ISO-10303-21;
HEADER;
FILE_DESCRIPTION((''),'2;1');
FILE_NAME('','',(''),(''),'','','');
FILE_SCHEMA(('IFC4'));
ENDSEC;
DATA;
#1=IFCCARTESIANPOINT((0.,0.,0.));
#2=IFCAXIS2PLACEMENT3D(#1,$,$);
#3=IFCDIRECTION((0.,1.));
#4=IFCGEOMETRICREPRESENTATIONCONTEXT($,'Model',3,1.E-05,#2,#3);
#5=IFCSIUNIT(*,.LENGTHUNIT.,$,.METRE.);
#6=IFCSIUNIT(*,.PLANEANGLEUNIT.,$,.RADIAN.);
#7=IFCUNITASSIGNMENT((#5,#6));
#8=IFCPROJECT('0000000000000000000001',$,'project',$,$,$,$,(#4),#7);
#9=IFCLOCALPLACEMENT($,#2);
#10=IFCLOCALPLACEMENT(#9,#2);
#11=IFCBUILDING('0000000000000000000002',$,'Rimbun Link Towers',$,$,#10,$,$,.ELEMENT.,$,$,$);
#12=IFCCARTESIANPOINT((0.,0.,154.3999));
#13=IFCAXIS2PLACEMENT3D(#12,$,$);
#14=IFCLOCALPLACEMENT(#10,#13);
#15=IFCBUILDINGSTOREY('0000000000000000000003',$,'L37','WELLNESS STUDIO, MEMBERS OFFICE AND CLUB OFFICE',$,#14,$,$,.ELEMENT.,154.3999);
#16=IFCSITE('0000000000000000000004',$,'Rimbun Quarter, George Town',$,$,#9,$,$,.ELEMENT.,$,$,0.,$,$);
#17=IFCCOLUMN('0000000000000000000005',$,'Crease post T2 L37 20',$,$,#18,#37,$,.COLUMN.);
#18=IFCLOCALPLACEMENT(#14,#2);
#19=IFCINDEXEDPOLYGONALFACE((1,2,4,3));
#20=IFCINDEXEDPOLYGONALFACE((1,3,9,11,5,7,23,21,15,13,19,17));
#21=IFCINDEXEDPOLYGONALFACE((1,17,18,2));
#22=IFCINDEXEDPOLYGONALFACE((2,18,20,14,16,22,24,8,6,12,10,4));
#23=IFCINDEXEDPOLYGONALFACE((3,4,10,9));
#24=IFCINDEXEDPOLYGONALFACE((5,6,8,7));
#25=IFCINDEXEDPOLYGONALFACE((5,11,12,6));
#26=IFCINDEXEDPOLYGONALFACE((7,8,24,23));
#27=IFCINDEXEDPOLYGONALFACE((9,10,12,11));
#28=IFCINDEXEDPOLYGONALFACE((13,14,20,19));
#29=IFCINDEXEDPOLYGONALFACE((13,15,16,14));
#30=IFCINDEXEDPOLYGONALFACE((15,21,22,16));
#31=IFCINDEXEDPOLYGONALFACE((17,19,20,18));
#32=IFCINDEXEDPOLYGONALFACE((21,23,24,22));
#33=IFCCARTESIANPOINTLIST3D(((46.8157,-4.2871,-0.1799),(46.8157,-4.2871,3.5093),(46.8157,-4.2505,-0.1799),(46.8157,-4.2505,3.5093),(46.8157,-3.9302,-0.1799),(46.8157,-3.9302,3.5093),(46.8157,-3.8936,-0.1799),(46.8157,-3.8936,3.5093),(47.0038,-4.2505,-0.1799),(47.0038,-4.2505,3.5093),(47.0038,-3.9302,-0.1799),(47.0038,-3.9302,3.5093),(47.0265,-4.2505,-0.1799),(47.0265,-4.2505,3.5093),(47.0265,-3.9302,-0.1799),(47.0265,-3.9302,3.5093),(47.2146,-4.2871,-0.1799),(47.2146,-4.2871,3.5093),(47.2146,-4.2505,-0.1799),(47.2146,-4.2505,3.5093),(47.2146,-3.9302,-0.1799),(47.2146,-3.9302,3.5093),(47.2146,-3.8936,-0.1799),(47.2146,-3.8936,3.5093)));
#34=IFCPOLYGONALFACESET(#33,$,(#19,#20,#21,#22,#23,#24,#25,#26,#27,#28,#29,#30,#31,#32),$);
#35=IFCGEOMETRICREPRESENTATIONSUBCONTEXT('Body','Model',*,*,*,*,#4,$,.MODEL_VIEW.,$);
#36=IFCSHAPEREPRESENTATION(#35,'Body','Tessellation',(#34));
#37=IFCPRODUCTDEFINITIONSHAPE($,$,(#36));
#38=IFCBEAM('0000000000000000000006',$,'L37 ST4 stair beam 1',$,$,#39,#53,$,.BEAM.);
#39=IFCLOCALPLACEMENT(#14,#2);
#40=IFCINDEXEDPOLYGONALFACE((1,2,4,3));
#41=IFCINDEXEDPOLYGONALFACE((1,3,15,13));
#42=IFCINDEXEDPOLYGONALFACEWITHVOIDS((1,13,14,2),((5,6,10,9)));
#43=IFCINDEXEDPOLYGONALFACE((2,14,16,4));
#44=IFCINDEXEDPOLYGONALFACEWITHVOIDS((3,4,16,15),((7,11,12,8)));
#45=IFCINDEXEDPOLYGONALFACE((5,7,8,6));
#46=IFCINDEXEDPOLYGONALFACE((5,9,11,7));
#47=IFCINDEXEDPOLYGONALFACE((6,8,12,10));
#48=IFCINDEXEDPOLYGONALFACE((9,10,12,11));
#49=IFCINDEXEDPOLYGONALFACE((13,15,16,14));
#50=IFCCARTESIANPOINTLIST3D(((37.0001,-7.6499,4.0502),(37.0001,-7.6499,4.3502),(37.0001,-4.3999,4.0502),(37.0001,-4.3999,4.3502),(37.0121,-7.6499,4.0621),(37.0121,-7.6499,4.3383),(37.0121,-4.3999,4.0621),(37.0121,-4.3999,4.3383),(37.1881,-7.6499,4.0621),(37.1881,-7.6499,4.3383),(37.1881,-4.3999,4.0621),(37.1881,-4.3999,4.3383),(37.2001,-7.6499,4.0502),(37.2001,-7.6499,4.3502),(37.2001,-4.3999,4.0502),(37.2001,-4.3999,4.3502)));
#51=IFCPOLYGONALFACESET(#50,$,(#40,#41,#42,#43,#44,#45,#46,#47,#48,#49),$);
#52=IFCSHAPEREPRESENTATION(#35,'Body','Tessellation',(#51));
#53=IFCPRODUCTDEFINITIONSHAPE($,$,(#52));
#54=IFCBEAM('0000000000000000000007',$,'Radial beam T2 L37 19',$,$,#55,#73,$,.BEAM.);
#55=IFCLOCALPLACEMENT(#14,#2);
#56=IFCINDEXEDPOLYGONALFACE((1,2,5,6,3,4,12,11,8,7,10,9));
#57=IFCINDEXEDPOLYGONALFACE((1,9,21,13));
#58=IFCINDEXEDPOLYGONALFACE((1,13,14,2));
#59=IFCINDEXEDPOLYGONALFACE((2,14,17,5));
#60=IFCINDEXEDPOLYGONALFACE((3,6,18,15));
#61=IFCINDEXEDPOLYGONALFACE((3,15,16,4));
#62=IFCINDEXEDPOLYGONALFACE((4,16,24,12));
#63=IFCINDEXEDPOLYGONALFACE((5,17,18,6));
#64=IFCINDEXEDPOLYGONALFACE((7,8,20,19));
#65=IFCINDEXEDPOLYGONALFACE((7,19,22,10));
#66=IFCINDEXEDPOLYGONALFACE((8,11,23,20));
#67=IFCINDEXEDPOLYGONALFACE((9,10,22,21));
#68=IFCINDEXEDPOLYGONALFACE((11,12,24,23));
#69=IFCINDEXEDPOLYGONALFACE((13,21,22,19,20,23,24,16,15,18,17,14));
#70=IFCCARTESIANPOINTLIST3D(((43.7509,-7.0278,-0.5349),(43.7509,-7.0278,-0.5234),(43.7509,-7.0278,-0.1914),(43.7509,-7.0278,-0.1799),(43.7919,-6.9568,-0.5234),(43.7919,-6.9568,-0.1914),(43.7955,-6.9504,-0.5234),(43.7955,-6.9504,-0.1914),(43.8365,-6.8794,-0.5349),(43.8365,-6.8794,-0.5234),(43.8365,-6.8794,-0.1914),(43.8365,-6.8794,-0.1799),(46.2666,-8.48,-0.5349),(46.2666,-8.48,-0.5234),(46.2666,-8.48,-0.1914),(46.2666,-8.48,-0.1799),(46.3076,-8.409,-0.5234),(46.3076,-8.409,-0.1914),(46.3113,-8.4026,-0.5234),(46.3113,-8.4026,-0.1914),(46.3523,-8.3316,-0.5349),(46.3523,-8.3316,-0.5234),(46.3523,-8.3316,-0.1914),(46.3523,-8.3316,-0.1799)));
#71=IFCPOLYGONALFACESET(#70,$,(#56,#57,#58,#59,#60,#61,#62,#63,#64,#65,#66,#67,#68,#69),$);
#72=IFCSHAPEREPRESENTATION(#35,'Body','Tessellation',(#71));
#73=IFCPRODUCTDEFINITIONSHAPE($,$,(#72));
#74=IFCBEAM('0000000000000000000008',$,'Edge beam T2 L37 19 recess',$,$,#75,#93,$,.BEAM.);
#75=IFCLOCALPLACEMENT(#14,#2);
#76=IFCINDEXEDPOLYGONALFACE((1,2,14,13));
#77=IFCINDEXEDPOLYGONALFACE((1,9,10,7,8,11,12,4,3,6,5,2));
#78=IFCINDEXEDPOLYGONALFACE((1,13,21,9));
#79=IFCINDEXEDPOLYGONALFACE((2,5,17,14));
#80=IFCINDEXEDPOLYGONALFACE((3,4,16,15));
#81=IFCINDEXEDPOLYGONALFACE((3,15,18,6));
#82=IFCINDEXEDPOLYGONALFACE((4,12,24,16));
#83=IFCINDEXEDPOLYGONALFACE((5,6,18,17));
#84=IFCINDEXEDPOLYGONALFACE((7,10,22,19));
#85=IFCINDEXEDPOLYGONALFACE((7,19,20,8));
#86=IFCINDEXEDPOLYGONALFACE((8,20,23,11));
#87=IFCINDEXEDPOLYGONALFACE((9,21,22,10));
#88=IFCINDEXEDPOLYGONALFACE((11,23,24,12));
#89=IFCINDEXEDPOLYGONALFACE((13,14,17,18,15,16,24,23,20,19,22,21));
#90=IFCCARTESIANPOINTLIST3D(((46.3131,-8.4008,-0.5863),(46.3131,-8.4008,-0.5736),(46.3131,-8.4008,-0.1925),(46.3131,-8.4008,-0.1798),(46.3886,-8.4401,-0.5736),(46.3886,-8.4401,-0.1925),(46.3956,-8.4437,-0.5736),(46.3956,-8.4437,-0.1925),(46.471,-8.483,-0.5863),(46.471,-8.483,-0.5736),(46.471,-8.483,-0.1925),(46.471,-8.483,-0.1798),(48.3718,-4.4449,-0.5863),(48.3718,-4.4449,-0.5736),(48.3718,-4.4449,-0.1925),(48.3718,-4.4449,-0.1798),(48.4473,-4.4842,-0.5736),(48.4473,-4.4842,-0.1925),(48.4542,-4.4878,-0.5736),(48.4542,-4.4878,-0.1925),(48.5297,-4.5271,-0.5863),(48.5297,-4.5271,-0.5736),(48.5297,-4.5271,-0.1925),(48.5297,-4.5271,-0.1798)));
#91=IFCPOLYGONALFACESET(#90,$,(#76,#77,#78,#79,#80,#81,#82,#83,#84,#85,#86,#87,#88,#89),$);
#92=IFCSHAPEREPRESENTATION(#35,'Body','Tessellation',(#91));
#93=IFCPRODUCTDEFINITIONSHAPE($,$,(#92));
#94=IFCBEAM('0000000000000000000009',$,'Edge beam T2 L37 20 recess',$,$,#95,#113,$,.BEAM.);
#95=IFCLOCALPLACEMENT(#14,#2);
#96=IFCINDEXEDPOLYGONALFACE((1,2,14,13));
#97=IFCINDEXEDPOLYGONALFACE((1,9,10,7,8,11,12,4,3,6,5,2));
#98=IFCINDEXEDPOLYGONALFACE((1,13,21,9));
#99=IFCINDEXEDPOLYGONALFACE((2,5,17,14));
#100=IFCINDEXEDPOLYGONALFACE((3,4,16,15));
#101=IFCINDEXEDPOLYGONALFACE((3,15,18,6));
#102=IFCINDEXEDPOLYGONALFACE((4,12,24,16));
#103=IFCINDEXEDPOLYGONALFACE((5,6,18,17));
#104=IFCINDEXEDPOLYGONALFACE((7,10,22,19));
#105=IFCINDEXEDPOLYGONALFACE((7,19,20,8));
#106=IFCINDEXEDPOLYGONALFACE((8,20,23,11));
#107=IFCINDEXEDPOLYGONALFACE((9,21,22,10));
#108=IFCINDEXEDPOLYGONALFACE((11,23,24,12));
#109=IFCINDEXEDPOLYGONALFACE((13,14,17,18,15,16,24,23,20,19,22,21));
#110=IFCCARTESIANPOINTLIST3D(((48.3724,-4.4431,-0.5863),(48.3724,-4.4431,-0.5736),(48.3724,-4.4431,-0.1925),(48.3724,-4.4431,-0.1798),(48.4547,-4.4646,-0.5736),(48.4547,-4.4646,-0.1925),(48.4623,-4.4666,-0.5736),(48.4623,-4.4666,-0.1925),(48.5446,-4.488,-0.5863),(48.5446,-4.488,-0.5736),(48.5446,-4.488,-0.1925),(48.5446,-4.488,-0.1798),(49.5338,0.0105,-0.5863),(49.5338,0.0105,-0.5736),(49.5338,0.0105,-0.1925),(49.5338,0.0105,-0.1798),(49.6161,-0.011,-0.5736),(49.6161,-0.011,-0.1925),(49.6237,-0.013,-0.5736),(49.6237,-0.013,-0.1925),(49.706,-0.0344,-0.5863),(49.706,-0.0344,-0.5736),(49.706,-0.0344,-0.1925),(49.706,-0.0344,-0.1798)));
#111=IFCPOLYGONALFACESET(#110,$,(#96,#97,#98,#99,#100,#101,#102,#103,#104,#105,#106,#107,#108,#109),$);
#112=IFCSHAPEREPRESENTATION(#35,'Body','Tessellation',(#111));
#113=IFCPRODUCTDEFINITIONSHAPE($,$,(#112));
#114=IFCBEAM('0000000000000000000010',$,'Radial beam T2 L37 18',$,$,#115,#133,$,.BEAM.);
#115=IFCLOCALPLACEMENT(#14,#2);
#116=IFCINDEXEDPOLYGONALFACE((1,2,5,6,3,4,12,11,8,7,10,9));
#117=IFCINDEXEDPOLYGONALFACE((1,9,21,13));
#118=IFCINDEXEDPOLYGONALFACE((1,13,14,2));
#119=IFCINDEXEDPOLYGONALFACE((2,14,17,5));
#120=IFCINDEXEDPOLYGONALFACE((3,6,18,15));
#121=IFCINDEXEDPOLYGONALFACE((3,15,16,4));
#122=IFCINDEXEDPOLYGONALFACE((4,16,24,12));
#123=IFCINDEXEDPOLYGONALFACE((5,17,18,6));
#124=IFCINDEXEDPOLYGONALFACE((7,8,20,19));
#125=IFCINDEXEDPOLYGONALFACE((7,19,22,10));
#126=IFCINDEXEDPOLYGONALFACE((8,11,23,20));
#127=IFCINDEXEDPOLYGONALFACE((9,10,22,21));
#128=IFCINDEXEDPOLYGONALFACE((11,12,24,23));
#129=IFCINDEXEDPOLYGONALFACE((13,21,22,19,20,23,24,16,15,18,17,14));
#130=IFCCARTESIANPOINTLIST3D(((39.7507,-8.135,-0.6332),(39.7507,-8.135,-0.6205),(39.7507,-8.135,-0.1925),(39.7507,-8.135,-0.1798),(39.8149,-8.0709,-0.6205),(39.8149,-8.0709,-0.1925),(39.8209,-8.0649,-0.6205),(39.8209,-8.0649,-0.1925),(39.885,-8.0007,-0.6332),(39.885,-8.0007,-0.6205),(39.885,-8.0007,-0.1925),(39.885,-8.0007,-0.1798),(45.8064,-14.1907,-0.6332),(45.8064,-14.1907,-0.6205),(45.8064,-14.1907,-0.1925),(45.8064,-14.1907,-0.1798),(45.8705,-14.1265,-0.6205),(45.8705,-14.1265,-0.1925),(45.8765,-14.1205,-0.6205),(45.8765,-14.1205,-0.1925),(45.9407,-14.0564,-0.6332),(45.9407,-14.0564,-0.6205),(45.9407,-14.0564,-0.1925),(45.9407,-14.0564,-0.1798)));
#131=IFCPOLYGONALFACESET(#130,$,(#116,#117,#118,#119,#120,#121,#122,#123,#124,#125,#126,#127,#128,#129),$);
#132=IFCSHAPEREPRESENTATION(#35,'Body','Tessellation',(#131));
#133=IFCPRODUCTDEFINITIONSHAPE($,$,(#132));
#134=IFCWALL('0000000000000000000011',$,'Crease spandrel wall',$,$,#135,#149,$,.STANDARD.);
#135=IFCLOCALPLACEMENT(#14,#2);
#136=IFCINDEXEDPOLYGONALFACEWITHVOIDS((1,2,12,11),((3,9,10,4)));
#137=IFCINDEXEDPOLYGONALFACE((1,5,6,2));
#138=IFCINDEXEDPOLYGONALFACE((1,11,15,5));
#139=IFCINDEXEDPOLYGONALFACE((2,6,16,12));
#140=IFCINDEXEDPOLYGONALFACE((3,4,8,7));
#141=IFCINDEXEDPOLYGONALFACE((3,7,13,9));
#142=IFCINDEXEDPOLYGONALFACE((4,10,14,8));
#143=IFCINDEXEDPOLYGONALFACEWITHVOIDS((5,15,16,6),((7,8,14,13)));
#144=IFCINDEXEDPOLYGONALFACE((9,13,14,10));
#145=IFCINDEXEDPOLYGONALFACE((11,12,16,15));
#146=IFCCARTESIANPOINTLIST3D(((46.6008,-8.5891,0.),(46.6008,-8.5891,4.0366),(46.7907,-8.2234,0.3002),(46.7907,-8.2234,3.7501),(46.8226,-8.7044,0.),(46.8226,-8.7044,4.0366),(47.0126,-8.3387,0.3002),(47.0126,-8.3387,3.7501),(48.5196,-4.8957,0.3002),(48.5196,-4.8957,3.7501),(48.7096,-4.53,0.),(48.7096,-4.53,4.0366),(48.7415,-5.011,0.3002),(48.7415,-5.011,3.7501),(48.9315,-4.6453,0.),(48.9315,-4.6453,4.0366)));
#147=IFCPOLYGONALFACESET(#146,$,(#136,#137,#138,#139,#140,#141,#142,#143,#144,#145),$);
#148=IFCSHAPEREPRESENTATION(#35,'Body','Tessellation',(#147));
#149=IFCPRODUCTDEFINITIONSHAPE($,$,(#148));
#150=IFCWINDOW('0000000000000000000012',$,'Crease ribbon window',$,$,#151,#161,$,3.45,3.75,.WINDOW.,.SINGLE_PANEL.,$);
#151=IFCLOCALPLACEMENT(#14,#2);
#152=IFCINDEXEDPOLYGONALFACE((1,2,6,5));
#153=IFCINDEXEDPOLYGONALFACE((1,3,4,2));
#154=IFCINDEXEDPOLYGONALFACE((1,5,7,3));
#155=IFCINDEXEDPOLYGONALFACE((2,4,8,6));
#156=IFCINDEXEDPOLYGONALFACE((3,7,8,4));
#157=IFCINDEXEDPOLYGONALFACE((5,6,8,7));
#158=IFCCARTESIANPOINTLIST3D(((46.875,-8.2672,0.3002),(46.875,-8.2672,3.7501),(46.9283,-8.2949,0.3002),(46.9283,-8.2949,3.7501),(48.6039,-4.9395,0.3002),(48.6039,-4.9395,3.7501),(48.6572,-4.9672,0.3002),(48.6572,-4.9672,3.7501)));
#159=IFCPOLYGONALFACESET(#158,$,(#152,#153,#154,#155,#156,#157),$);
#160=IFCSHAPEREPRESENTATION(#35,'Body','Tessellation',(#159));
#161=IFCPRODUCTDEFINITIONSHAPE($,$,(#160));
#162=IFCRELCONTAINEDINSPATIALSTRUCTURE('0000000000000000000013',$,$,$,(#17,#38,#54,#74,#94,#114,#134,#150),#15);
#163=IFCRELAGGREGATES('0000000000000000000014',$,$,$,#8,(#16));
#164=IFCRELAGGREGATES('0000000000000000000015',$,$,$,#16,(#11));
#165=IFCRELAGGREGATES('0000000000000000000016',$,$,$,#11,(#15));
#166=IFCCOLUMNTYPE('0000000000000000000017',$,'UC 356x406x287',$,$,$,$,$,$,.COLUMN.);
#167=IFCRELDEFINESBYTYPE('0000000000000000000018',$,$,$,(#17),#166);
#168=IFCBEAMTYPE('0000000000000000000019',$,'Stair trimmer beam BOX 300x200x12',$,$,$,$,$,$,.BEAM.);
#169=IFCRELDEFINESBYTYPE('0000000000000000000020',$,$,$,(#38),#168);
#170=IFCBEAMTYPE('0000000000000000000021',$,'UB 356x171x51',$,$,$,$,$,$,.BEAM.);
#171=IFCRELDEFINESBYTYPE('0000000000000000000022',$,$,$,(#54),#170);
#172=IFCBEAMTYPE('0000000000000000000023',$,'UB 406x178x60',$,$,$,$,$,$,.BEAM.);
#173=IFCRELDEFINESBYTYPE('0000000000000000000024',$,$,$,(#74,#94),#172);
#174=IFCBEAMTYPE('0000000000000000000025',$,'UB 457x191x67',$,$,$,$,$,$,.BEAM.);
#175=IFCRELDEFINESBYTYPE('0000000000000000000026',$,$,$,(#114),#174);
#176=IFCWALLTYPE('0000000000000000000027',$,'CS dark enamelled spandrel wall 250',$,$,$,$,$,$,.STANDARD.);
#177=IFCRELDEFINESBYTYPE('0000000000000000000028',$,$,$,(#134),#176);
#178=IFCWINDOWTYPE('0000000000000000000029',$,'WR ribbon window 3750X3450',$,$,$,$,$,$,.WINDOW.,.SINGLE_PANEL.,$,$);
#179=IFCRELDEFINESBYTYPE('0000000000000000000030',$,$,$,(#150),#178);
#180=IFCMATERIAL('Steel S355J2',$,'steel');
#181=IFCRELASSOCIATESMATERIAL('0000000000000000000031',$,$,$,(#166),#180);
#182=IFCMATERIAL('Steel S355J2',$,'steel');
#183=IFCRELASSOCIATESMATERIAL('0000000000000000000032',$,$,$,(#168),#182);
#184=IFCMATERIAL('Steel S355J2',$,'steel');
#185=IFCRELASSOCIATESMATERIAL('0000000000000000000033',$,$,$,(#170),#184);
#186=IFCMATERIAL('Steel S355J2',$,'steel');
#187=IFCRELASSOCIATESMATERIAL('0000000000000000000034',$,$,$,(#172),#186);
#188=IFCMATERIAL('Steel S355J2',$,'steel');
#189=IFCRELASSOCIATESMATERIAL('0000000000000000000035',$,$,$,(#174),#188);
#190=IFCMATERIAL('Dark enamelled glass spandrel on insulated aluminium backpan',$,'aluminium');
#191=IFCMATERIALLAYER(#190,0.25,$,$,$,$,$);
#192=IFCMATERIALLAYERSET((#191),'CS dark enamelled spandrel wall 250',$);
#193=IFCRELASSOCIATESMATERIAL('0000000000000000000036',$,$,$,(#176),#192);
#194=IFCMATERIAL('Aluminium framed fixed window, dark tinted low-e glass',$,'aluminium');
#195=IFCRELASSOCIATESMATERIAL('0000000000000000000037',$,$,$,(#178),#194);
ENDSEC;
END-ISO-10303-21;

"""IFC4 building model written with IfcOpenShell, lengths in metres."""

from ifc_helpers import new_model, si_unit, direction, frame, frame_2d, origin, origin_2d, place, context, subcontext, project, spatial, rectangle, hollow_rectangle, i_section, extrude, material, layer, layer_set, material_profile, profile_set, type_object, element, fill, save


model = new_model("IFC4")

# Units and contexts
model_context = context("Model", 3, precision=1e-05, world=origin(), true_north=direction((0.0, 1.0)))
body_context = subcontext(model_context, "Body", "Model", "MODEL_VIEW")
ifc_project = project(units=[si_unit("LENGTHUNIT", "METRE"), si_unit("PLANEANGLEUNIT", "RADIAN")], contexts=[model_context])

# Site, building, storey
site_placement = place(None, origin())
site = spatial("IfcSite", under=ifc_project, at=site_placement, Name="Rimbun Quarter, George Town", CompositionType="ELEMENT", RefElevation=0.0)
building_placement = place(site_placement, origin())
building = spatial("IfcBuilding", under=site, at=building_placement, Name="Rimbun Link Towers", CompositionType="ELEMENT")
storey_placement = place(building_placement, frame((0.0, 0.0, 154.3999)))
storey = spatial("IfcBuildingStorey", under=building, at=storey_placement, Name="L37", Description="WELLNESS STUDIO, MEMBERS OFFICE AND CLUB OFFICE", CompositionType="ELEMENT", Elevation=154.3999)

# Column
ifc_material_1 = material(Name="Steel S355J2", Category="steel")
ifc_material_profile_1 = material_profile(ifc_material_1, i_section(OverallWidth=0.3989, OverallDepth=0.3936, WebThickness=0.0227, FlangeThickness=0.0366, at=origin_2d()), Name="UC 356x406x287")
ifc_profile_set_1 = profile_set([ifc_material_profile_1], Name="Steel S355J2")
column_type = type_object("IfcColumnType", Name="UC 356x406x287", PredefinedType="COLUMN", material=ifc_profile_set_1)
column_placement = place(storey_placement, frame((47.0151, -4.0903, -0.1799), z_axis=(0.0, 0.0, 1.0), x_axis=(1.0, 0.0, 0.0)))
element("IfcColumn", 1, at=column_placement, inside=storey, type_object=column_type, Name="Crease post T2 L37 20", PredefinedType="COLUMN", context=body_context, shape_type="SweptSolid", body=[
    extrude(i_section(OverallWidth=0.3989, OverallDepth=0.3936, WebThickness=0.0227, FlangeThickness=0.0366, at=origin_2d()), origin(), (0.0, 0.0, 1.0), 3.6892),
])

# Beams
ifc_material_2 = material(Name="Steel S355J2", Category="steel")
ifc_material_profile_2 = material_profile(ifc_material_2, hollow_rectangle(XDim=0.2, YDim=0.3, WallThickness=0.012, at=origin_2d()), Name="BOX 300x200x12")
ifc_profile_set_2 = profile_set([ifc_material_profile_2], Name="Steel S355J2")
beam_type_1 = type_object("IfcBeamType", Name="Stair trimmer beam BOX 300x200x12", PredefinedType="BEAM", material=ifc_profile_set_2)
beam_1_placement = place(storey_placement, frame((37.1001, -7.6499, 4.2002), z_axis=(0.0, 1.0, 0.0), x_axis=(-1.0, 0.0, 0.0)))
element("IfcBeam", 2, at=beam_1_placement, inside=storey, type_object=beam_type_1, Name="L37 ST4 stair beam 1", PredefinedType="BEAM", context=body_context, shape_type="SweptSolid", body=[
    extrude(hollow_rectangle(XDim=0.2, YDim=0.3, WallThickness=0.012, at=origin_2d()), origin(), (0.0, 0.0, 1.0), 3.25),
])
ifc_material_3 = material(Name="Steel S355J2", Category="steel")
ifc_material_profile_3 = material_profile(ifc_material_3, i_section(OverallWidth=0.1714, OverallDepth=0.355, WebThickness=0.0073, FlangeThickness=0.0115, at=origin_2d()), Name="UB 356x171x51")
ifc_profile_set_3 = profile_set([ifc_material_profile_3], Name="Steel S355J2")
beam_type_2 = type_object("IfcBeamType", Name="UB 356x171x51", PredefinedType="BEAM", material=ifc_profile_set_3)
beam_2_placement = place(storey_placement, frame((43.7937, -6.9536, -0.3574), z_axis=(0.866062, -0.499936, 0.0), x_axis=(0.499936, 0.866062, 0.0)))
element("IfcBeam", 3, at=beam_2_placement, inside=storey, type_object=beam_type_2, Name="Radial beam T2 L37 19", PredefinedType="BEAM", context=body_context, shape_type="SweptSolid", body=[
    extrude(i_section(OverallWidth=0.1714, OverallDepth=0.355, WebThickness=0.0073, FlangeThickness=0.0115, at=origin_2d()), origin(), (0.0, 0.0, 1.0), 2.9048),
])
ifc_material_4 = material(Name="Steel S355J2", Category="steel")
ifc_material_profile_4 = material_profile(ifc_material_4, i_section(OverallWidth=0.178, OverallDepth=0.4065, WebThickness=0.0078, FlangeThickness=0.0127, at=origin_2d()), Name="UB 406x178x60")
ifc_profile_set_4 = profile_set([ifc_material_profile_4], Name="Steel S355J2")
beam_type_3 = type_object("IfcBeamType", Name="UB 406x178x60", PredefinedType="BEAM", material=ifc_profile_set_4)
beam_3_placement = place(storey_placement, frame((46.3921, -8.4419, -0.3831), z_axis=(0.46163, 0.887072, 0.0), x_axis=(-0.887072, 0.46163, 0.0)))
element("IfcBeam", 4, at=beam_3_placement, inside=storey, type_object=beam_type_3, Name="Edge beam T2 L37 19 recess", PredefinedType="BEAM", context=body_context, shape_type="SweptSolid", body=[
    extrude(i_section(OverallWidth=0.178, OverallDepth=0.4065, WebThickness=0.0078, FlangeThickness=0.0127, at=origin_2d()), origin(), (0.0, 0.0, 1.0), 4.4595),
])
beam_4_placement = place(storey_placement, frame((48.4585, -4.4656, -0.3831), z_axis=(0.252333, 0.96764, 0.0), x_axis=(-0.96764, 0.252333, 0.0)))
element("IfcBeam", 5, at=beam_4_placement, inside=storey, type_object=beam_type_3, Name="Edge beam T2 L37 20 recess", PredefinedType="BEAM", context=body_context, shape_type="SweptSolid", body=[
    extrude(i_section(OverallWidth=0.178, OverallDepth=0.4065, WebThickness=0.0078, FlangeThickness=0.0127, at=origin_2d()), origin(), (0.0, 0.0, 1.0), 4.6025),
])
ifc_material_5 = material(Name="Steel S355J2", Category="steel")
ifc_material_profile_5 = material_profile(ifc_material_5, i_section(OverallWidth=0.1899, OverallDepth=0.4534, WebThickness=0.0085, FlangeThickness=0.0127, at=origin_2d()), Name="UB 457x191x67")
ifc_profile_set_5 = profile_set([ifc_material_profile_5], Name="Steel S355J2")
beam_type_4 = type_object("IfcBeamType", Name="UB 457x191x67", PredefinedType="BEAM", material=ifc_profile_set_5)
beam_5_placement = place(storey_placement, frame((39.8179, -8.0679, -0.4065), z_axis=(0.707107, -0.707107, 0.0), x_axis=(0.707107, 0.707107, 0.0)))
element("IfcBeam", 6, at=beam_5_placement, inside=storey, type_object=beam_type_4, Name="Radial beam T2 L37 18", PredefinedType="BEAM", context=body_context, shape_type="SweptSolid", body=[
    extrude(i_section(OverallWidth=0.1899, OverallDepth=0.4534, WebThickness=0.0085, FlangeThickness=0.0127, at=origin_2d()), origin(), (0.0, 0.0, 1.0), 8.564),
])

# Wall, opening, window
ifc_material_6 = material(Name="Dark enamelled glass spandrel on insulated aluminium backpan", Category="aluminium")
ifc_layer_1 = layer(ifc_material_6, 0.25)
ifc_layer_set_1 = layer_set([ifc_layer_1], Name="CS dark enamelled spandrel wall 250")
wall_type_1 = type_object("IfcWallType", Name="CS dark enamelled spandrel wall 250", PredefinedType="STANDARD", material=ifc_layer_set_1)
wall_1_placement = place(storey_placement, frame((48.8206, -4.5876, 0.0), z_axis=(0.0, 0.0, 1.0), x_axis=(-0.461037, -0.887381, 0.0)))
wall_1 = element("IfcWall", 7, at=wall_1_placement, inside=storey, type_object=wall_type_1, Name="Crease spandrel wall", PredefinedType="STANDARD", context=body_context, shape_type="SweptSolid", body=[
    extrude(rectangle(XDim=4.5742, YDim=0.25, at=frame_2d((2.2871, 0.0))), origin(), (0.0, 0.0, 1.0), 4.0366),
])
opening_1_placement = place(wall_1_placement, frame((0.4121, 0.0, 0.3)))
opening_1 = element("IfcOpeningElement", 8, at=opening_1_placement, cuts=wall_1, PredefinedType="OPENING", context=body_context, shape_type="SweptSolid", body=[
    extrude(rectangle(XDim=3.75, YDim=3.45, at=frame_2d((1.875, 1.7251))), frame((0.0, 0.135, 0.0), z_axis=(0.0, -1.0, 0.0), x_axis=(1.0, 0.0, 0.0)), (0.0, 0.0, 1.0), 0.27),
])
ifc_material_7 = material(Name="Aluminium framed fixed window, dark tinted low-e glass", Category="aluminium")
window_type = type_object("IfcWindowType", Name="WR ribbon window 3750X3450", PartitioningType="SINGLE_PANEL", PredefinedType="WINDOW", material=ifc_material_7)
window_placement = place(opening_1_placement, origin())
window = element("IfcWindow", 9, at=window_placement, inside=storey, type_object=window_type, Name="Crease ribbon window", OverallHeight=3.45, OverallWidth=3.75, PartitioningType="SINGLE_PANEL", PredefinedType="WINDOW", context=body_context, shape_type="SweptSolid", body=[
    extrude(rectangle(XDim=3.75, YDim=3.45, at=frame_2d((1.875, 1.7251))), frame((0.0, 0.03, 0.0), z_axis=(0.0, -1.0, 0.0), x_axis=(1.0, 0.0, 0.0)), (0.0, 0.0, 1.0), 0.0601),
])
fill(opening_1, window)

save(model, "model.ifc")
